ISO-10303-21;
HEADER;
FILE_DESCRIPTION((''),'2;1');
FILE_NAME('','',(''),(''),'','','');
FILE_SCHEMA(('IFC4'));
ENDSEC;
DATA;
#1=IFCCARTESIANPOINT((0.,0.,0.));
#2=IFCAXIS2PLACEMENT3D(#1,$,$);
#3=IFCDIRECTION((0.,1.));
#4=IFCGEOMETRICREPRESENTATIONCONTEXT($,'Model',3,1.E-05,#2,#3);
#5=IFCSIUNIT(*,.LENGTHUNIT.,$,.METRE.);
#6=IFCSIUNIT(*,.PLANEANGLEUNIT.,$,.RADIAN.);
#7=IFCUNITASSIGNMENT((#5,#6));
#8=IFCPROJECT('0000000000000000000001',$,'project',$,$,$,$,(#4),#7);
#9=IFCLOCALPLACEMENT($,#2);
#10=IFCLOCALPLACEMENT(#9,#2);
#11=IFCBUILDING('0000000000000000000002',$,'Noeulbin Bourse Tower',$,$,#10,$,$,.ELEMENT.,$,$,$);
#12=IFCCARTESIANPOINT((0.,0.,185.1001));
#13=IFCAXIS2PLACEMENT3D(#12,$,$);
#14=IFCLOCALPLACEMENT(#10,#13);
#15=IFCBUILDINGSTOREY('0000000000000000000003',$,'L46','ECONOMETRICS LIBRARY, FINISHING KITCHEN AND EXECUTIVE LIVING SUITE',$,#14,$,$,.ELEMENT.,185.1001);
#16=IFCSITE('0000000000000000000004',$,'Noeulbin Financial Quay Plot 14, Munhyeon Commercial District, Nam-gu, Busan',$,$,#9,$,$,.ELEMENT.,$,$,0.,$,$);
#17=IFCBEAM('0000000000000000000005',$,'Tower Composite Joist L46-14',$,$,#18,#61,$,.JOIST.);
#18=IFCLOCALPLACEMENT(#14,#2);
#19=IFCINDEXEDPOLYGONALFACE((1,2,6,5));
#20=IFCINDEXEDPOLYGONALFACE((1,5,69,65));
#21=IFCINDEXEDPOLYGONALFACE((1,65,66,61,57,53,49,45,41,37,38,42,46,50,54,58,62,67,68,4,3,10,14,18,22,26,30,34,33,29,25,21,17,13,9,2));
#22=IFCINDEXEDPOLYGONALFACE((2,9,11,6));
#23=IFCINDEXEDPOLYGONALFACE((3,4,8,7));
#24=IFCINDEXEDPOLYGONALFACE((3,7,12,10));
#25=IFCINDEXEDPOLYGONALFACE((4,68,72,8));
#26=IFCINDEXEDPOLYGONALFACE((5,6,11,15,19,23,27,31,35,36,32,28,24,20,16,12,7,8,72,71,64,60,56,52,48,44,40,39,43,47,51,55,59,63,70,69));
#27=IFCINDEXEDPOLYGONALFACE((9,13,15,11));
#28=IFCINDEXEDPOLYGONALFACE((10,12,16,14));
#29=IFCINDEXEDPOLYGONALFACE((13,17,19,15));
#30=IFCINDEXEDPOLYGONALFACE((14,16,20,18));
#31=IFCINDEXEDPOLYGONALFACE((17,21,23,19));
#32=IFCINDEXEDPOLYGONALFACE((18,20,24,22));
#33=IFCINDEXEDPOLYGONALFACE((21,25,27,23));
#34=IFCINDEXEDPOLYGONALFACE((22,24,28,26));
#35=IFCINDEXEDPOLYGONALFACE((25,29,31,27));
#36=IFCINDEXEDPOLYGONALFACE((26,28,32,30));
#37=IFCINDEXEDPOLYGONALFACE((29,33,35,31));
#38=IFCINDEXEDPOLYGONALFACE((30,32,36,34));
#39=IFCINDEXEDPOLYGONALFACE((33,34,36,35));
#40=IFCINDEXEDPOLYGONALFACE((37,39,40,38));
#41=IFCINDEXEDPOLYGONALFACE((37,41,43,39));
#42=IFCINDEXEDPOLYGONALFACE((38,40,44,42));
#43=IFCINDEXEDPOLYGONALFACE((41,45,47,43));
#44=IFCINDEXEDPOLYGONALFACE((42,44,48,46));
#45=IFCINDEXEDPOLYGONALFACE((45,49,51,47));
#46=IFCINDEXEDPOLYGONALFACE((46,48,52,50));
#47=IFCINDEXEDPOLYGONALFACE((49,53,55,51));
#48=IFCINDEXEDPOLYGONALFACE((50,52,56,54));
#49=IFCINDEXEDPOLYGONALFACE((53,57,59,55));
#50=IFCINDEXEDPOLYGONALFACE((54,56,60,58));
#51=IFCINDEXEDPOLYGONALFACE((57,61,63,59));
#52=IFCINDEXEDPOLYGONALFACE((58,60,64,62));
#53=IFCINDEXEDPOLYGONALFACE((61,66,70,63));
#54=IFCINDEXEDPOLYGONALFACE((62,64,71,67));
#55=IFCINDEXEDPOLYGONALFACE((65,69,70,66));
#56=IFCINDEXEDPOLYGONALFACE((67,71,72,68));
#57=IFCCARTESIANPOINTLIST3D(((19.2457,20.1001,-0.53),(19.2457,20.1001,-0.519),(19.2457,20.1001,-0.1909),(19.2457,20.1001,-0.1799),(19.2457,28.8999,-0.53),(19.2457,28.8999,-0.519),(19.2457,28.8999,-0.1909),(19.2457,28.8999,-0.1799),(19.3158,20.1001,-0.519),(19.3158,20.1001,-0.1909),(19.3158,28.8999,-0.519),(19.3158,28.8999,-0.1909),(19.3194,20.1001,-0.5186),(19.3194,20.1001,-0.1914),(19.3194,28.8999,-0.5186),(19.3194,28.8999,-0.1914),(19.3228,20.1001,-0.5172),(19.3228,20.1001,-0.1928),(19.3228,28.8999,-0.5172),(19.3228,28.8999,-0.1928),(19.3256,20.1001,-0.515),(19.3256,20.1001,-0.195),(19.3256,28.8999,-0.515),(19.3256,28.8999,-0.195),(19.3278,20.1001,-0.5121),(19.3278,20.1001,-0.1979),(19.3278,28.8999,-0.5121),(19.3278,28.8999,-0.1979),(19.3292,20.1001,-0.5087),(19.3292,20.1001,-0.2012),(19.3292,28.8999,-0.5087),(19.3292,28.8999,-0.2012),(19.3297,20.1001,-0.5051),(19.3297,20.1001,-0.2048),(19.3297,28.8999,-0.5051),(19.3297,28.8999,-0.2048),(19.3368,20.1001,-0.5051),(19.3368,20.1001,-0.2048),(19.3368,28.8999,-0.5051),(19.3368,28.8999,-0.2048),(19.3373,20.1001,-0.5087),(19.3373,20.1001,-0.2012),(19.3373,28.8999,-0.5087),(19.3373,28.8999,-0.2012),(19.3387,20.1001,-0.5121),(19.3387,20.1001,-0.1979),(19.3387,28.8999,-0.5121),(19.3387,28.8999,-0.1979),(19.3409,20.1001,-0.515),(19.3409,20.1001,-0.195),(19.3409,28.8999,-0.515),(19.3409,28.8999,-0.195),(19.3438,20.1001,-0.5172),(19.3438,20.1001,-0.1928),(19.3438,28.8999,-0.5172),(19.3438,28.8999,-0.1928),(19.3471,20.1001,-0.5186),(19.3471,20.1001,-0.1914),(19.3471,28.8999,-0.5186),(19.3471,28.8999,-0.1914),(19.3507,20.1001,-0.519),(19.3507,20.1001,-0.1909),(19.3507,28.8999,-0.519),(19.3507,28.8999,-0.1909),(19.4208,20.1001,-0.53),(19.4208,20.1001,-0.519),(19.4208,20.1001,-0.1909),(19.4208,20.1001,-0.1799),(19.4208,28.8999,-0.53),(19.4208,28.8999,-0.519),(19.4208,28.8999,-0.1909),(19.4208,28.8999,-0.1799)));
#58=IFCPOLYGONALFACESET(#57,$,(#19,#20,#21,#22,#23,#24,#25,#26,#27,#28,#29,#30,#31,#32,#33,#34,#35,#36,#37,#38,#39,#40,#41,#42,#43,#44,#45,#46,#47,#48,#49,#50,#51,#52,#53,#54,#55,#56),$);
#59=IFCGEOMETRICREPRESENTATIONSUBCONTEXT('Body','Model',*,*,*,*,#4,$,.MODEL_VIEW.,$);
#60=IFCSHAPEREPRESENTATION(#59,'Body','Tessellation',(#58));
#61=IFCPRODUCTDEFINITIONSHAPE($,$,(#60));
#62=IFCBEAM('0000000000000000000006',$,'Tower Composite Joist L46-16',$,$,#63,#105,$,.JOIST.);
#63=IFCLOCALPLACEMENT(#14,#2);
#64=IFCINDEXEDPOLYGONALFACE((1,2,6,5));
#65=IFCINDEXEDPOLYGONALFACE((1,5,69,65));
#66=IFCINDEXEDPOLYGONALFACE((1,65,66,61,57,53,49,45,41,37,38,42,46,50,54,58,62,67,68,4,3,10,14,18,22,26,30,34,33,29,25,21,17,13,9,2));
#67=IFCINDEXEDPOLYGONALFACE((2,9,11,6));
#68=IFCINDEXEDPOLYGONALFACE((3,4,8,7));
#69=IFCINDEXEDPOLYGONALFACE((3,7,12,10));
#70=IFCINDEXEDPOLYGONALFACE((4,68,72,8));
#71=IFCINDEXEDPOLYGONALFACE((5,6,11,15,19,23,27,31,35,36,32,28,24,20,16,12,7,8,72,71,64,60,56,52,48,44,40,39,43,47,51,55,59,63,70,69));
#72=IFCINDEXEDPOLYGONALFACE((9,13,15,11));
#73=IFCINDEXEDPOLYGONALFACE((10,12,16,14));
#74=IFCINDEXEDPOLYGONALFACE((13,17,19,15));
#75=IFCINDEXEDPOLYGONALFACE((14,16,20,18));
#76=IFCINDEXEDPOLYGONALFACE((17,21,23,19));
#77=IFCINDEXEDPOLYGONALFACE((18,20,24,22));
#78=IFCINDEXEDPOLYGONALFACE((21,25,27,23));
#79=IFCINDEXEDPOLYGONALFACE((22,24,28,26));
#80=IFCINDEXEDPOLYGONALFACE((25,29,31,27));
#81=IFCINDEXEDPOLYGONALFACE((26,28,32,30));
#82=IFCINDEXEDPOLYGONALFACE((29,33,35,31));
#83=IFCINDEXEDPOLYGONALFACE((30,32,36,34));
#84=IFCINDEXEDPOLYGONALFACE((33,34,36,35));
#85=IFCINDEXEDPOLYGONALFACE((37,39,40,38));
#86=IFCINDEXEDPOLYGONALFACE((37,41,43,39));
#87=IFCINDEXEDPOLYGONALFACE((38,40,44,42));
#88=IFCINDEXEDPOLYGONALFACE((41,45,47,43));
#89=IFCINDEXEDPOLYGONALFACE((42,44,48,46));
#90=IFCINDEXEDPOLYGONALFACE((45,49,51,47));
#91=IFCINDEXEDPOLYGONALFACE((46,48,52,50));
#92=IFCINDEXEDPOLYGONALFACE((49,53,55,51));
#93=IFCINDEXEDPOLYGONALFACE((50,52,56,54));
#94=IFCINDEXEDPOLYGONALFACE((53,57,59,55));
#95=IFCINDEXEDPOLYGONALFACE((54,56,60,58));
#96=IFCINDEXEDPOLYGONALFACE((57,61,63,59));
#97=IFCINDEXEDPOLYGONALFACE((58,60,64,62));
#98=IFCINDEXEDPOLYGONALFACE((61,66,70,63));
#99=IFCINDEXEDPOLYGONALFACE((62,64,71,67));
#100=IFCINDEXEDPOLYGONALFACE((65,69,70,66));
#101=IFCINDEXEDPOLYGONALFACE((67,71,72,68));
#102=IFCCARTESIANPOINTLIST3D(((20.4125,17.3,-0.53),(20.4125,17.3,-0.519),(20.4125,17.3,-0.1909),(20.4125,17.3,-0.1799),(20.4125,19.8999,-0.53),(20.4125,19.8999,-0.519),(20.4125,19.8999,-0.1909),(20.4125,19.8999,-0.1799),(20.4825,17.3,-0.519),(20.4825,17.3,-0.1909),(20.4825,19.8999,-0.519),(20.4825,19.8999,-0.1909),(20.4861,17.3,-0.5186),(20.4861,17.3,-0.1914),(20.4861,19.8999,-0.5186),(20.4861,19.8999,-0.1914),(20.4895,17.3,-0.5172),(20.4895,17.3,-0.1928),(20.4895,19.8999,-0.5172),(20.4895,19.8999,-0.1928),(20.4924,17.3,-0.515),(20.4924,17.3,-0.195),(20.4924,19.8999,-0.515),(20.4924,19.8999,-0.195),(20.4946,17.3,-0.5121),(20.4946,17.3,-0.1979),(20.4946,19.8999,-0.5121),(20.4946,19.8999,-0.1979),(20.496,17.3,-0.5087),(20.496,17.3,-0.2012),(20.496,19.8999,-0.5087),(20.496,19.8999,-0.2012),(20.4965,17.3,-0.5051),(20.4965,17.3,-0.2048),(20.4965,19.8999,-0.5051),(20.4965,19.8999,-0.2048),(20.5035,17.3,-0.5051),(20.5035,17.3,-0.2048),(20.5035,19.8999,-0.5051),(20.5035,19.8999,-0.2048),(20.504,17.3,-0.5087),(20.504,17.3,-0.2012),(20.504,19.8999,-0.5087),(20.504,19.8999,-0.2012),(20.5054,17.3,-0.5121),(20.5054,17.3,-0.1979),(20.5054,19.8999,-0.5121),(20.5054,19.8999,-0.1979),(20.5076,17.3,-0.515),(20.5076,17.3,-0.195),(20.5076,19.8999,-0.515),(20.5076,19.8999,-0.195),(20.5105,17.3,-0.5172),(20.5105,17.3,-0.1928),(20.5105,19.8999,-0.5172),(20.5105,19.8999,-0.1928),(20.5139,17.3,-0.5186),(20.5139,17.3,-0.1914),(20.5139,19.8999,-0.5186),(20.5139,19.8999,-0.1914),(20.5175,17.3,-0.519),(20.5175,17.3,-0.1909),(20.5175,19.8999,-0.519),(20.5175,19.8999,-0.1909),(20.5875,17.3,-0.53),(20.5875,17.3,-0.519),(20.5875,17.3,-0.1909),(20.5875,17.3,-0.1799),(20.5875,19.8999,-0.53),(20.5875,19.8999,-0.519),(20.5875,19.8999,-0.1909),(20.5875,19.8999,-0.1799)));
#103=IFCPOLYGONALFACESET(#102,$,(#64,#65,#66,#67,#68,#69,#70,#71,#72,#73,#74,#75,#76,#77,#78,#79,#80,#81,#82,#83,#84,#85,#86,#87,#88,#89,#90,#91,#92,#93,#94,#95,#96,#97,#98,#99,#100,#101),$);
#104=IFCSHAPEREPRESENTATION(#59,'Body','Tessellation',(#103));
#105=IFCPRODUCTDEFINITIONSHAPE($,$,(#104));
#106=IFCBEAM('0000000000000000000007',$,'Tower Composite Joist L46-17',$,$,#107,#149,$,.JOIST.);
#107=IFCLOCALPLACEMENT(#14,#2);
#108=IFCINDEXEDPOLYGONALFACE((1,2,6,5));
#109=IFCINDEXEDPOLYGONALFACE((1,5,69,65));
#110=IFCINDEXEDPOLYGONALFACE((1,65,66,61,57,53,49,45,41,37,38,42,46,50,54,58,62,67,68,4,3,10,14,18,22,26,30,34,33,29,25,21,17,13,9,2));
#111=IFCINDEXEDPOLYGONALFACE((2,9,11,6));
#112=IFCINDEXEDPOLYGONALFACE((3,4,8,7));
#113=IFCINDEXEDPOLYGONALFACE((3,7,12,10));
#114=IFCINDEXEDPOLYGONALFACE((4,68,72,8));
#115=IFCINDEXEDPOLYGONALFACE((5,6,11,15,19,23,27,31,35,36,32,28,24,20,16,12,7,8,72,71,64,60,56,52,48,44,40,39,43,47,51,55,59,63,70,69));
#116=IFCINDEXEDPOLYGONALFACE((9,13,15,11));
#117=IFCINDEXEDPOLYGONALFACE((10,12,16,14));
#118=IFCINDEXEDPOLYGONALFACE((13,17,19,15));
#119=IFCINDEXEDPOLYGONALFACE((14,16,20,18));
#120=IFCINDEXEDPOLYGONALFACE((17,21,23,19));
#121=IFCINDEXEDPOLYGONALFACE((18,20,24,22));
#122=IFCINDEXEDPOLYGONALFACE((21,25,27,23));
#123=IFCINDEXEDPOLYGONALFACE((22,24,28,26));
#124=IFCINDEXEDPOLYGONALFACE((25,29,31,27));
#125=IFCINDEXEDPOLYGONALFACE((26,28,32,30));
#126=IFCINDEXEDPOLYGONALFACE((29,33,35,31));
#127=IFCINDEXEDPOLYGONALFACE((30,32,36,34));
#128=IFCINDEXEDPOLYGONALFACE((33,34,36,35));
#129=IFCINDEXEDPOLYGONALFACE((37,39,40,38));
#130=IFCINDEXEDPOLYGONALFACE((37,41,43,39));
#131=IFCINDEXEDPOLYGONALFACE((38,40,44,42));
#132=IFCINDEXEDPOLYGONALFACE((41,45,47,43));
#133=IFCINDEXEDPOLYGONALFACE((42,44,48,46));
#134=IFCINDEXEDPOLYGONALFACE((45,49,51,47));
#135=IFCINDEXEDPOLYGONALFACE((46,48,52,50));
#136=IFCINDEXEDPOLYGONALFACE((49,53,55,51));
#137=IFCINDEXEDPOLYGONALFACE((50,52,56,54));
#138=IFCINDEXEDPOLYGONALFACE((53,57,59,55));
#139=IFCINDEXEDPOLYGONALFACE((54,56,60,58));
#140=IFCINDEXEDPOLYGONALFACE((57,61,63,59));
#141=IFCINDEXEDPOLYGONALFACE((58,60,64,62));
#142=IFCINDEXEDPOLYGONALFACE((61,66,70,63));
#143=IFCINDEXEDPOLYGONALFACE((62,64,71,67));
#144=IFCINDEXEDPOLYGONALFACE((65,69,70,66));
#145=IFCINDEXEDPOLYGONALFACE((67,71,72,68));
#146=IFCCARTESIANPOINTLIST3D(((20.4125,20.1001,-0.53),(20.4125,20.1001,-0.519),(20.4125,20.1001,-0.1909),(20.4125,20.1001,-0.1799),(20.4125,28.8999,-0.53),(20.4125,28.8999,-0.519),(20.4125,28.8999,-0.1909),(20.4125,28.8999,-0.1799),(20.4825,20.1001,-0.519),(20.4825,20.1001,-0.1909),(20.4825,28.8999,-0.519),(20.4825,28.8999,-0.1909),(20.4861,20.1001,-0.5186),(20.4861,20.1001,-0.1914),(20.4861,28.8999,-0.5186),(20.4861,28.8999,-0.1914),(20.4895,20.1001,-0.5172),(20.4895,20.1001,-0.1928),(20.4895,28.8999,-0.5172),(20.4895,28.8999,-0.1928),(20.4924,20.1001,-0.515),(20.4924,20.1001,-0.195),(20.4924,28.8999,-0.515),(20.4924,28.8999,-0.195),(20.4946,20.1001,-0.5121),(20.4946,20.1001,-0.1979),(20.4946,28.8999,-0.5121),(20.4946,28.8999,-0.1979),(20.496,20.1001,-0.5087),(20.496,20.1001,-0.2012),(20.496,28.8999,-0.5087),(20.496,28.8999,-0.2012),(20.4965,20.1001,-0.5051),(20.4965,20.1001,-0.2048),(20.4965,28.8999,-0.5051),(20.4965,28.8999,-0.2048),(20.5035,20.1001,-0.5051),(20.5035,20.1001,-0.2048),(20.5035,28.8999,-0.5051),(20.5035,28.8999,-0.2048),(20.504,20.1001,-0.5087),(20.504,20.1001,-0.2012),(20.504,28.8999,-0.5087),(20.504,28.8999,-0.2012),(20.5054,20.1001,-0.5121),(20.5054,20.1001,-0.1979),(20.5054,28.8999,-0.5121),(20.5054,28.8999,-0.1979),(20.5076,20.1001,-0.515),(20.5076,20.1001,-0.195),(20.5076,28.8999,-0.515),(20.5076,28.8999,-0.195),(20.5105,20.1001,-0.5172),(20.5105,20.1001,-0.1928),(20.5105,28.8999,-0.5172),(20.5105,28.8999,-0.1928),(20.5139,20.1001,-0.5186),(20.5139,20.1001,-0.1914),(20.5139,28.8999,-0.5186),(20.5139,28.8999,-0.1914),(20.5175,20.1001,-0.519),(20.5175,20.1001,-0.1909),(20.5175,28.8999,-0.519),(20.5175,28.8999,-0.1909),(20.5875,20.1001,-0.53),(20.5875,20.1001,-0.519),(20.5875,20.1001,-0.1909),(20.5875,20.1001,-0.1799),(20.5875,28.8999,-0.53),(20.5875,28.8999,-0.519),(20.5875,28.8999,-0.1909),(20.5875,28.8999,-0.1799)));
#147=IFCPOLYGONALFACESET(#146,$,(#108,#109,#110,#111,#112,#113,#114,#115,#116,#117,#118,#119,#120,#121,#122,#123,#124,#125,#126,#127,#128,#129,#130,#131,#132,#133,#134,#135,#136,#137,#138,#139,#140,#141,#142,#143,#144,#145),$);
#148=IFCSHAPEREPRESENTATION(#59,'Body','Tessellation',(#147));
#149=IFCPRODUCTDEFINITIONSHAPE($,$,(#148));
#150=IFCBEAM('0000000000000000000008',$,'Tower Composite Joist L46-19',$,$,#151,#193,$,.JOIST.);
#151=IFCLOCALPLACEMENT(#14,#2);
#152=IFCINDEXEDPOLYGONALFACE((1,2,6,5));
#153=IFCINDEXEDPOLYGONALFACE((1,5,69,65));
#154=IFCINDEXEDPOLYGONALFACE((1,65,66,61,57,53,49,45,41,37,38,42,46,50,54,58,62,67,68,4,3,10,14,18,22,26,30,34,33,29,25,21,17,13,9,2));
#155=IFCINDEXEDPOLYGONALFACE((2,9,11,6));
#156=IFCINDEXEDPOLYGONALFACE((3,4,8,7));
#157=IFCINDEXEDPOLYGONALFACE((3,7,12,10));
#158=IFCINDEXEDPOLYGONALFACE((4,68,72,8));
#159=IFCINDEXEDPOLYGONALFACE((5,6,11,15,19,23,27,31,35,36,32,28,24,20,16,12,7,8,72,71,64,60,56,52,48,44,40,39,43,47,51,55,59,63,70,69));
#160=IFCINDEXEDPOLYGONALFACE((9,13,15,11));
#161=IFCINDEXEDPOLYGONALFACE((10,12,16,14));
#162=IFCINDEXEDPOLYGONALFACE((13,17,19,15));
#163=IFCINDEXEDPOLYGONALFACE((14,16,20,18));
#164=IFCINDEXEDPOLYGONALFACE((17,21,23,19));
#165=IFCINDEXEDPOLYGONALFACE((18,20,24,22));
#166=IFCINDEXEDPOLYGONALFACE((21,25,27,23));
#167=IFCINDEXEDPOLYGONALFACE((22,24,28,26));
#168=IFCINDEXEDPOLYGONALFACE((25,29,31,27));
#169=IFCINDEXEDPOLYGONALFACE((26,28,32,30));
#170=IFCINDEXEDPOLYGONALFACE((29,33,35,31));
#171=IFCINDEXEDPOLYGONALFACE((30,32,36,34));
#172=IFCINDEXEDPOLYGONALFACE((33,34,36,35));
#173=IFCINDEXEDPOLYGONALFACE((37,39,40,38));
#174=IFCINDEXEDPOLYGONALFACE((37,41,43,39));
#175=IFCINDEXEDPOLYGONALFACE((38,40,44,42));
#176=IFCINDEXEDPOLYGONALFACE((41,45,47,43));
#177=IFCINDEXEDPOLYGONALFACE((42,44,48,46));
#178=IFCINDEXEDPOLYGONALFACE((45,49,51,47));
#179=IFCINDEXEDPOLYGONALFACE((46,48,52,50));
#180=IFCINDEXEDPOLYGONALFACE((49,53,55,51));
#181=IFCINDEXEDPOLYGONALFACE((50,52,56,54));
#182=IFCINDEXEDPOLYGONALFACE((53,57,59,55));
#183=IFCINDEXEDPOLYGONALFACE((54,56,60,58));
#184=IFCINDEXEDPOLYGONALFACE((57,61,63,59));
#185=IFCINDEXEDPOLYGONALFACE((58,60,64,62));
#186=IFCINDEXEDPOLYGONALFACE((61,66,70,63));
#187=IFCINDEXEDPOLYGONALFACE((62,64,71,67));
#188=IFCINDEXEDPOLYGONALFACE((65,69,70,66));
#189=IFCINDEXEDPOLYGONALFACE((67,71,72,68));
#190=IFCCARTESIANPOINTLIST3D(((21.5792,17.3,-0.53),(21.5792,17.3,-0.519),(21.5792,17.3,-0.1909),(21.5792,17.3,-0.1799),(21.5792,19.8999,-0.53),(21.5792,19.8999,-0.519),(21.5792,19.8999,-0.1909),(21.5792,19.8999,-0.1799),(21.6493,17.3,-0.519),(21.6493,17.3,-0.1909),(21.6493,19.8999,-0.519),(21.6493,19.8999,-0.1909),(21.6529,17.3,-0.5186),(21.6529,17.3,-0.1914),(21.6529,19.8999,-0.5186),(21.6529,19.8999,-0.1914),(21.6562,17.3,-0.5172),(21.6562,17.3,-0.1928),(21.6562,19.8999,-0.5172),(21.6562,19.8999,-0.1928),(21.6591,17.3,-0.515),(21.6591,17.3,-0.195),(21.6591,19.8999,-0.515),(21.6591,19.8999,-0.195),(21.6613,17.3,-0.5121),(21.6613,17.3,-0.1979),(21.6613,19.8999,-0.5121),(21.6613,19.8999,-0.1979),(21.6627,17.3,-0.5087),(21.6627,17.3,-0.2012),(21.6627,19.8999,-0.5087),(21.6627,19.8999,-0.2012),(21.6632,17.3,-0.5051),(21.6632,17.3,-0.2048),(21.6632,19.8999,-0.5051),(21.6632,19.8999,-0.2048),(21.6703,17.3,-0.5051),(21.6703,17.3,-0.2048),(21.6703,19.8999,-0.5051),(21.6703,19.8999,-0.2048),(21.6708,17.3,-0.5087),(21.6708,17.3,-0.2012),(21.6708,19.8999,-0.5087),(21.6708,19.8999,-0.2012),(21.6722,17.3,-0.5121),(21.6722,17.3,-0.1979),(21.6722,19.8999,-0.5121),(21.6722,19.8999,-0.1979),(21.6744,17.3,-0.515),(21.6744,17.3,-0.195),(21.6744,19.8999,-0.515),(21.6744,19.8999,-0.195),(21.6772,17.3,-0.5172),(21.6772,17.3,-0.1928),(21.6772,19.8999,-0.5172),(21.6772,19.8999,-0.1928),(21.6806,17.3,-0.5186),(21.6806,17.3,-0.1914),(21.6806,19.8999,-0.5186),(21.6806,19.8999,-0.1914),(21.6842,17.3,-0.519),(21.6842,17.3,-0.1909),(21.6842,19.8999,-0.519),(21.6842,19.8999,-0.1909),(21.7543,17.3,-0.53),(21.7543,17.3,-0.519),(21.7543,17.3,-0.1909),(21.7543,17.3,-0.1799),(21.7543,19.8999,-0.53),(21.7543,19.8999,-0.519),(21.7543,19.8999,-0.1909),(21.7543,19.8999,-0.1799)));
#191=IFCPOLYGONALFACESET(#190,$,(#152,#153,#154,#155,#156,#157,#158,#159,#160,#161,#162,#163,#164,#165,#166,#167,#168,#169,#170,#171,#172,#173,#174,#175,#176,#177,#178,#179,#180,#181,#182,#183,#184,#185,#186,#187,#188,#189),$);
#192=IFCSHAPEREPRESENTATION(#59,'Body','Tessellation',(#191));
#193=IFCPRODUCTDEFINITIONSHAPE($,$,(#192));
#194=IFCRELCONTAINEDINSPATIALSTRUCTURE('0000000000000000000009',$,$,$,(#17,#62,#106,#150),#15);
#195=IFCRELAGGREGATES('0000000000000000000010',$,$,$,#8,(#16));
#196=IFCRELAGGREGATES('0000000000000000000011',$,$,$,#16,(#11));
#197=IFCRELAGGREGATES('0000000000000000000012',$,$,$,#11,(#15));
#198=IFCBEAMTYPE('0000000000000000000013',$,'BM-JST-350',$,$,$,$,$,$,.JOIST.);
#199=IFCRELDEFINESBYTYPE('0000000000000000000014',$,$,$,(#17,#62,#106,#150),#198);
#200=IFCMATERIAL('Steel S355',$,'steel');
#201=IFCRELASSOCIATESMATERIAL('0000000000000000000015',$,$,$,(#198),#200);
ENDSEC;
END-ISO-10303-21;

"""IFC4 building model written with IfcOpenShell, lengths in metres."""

from ifc_helpers import new_model, si_unit, direction, frame, origin, origin_2d, place, context, subcontext, project, spatial, i_section, extrude, material, material_profile, profile_set, type_object, element, save


model = new_model("IFC4")

# Units and contexts
model_context = context("Model", 3, precision=1e-05, world=origin(), true_north=direction((0.0, 1.0)))
body_context = subcontext(model_context, "Body", "Model", "MODEL_VIEW")
ifc_project = project(units=[si_unit("LENGTHUNIT", "METRE"), si_unit("PLANEANGLEUNIT", "RADIAN")], contexts=[model_context])

# Site, building, storey
site_placement = place(None, origin())
site = spatial("IfcSite", under=ifc_project, at=site_placement, Name="Noeulbin Financial Quay Plot 14, Munhyeon Commercial District, Nam-gu, Busan", CompositionType="ELEMENT", RefElevation=0.0)
building_placement = place(site_placement, origin())
building = spatial("IfcBuilding", under=site, at=building_placement, Name="Noeulbin Bourse Tower", CompositionType="ELEMENT")
storey_placement = place(building_placement, frame((0.0, 0.0, 185.1001)))
storey = spatial("IfcBuildingStorey", under=building, at=storey_placement, Name="L46", Description="ECONOMETRICS LIBRARY, FINISHING KITCHEN AND EXECUTIVE LIVING SUITE", CompositionType="ELEMENT", Elevation=185.1001)

# Shared definitions
ifc_material_1 = material(Name="Steel S355", Category="steel")

# Beams
ifc_material_profile_1 = material_profile(ifc_material_1, i_section(OverallWidth=0.175, OverallDepth=0.3501, WebThickness=0.0071, FlangeThickness=0.011, FilletRadius=0.0139, at=origin_2d()), Name="H-350x175x7x11", Category="LoadBearing")
ifc_profile_set_1 = profile_set([ifc_material_profile_1], Name="Steel S355")
beam_type_1 = type_object("IfcBeamType", Name="BM-JST-350", PredefinedType="JOIST", material=ifc_profile_set_1)
beam_1_placement = place(storey_placement, frame((19.3333, 20.1001, -0.355), z_axis=(0.0, 1.0, 0.0), x_axis=(-1.0, 0.0, 0.0)))
element("IfcBeam", 1, at=beam_1_placement, inside=storey, type_object=beam_type_1, Name="Tower Composite Joist L46-14", PredefinedType="JOIST", context=body_context, shape_type="SweptSolid", body=[
    extrude(i_section(OverallWidth=0.175, OverallDepth=0.3501, WebThickness=0.0071, FlangeThickness=0.011, FilletRadius=0.0139, at=origin_2d()), origin(), (0.0, 0.0, 1.0), 8.7998),
])
beam_2_placement = place(storey_placement, frame((20.5, 17.3, -0.355), z_axis=(0.0, 1.0, 0.0), x_axis=(-1.0, 0.0, 0.0)))
element("IfcBeam", 2, at=beam_2_placement, inside=storey, type_object=beam_type_1, Name="Tower Composite Joist L46-16", PredefinedType="JOIST", context=body_context, shape_type="SweptSolid", body=[
    extrude(i_section(OverallWidth=0.175, OverallDepth=0.3501, WebThickness=0.0071, FlangeThickness=0.011, FilletRadius=0.0139, at=origin_2d()), origin(), (0.0, 0.0, 1.0), 2.5999),
])
beam_3_placement = place(storey_placement, frame((20.5, 20.1001, -0.355), z_axis=(0.0, 1.0, 0.0), x_axis=(-1.0, 0.0, 0.0)))
element("IfcBeam", 3, at=beam_3_placement, inside=storey, type_object=beam_type_1, Name="Tower Composite Joist L46-17", PredefinedType="JOIST", context=body_context, shape_type="SweptSolid", body=[
    extrude(i_section(OverallWidth=0.175, OverallDepth=0.3501, WebThickness=0.0071, FlangeThickness=0.011, FilletRadius=0.0139, at=origin_2d()), origin(), (0.0, 0.0, 1.0), 8.7998),
])
beam_4_placement = place(storey_placement, frame((21.6667, 17.3, -0.355), z_axis=(0.0, 1.0, 0.0), x_axis=(-1.0, 0.0, 0.0)))
element("IfcBeam", 4, at=beam_4_placement, inside=storey, type_object=beam_type_1, Name="Tower Composite Joist L46-19", PredefinedType="JOIST", context=body_context, shape_type="SweptSolid", body=[
    extrude(i_section(OverallWidth=0.175, OverallDepth=0.3501, WebThickness=0.0071, FlangeThickness=0.011, FilletRadius=0.0139, at=origin_2d()), origin(), (0.0, 0.0, 1.0), 2.5999),
])

save(model, "model.ifc")
